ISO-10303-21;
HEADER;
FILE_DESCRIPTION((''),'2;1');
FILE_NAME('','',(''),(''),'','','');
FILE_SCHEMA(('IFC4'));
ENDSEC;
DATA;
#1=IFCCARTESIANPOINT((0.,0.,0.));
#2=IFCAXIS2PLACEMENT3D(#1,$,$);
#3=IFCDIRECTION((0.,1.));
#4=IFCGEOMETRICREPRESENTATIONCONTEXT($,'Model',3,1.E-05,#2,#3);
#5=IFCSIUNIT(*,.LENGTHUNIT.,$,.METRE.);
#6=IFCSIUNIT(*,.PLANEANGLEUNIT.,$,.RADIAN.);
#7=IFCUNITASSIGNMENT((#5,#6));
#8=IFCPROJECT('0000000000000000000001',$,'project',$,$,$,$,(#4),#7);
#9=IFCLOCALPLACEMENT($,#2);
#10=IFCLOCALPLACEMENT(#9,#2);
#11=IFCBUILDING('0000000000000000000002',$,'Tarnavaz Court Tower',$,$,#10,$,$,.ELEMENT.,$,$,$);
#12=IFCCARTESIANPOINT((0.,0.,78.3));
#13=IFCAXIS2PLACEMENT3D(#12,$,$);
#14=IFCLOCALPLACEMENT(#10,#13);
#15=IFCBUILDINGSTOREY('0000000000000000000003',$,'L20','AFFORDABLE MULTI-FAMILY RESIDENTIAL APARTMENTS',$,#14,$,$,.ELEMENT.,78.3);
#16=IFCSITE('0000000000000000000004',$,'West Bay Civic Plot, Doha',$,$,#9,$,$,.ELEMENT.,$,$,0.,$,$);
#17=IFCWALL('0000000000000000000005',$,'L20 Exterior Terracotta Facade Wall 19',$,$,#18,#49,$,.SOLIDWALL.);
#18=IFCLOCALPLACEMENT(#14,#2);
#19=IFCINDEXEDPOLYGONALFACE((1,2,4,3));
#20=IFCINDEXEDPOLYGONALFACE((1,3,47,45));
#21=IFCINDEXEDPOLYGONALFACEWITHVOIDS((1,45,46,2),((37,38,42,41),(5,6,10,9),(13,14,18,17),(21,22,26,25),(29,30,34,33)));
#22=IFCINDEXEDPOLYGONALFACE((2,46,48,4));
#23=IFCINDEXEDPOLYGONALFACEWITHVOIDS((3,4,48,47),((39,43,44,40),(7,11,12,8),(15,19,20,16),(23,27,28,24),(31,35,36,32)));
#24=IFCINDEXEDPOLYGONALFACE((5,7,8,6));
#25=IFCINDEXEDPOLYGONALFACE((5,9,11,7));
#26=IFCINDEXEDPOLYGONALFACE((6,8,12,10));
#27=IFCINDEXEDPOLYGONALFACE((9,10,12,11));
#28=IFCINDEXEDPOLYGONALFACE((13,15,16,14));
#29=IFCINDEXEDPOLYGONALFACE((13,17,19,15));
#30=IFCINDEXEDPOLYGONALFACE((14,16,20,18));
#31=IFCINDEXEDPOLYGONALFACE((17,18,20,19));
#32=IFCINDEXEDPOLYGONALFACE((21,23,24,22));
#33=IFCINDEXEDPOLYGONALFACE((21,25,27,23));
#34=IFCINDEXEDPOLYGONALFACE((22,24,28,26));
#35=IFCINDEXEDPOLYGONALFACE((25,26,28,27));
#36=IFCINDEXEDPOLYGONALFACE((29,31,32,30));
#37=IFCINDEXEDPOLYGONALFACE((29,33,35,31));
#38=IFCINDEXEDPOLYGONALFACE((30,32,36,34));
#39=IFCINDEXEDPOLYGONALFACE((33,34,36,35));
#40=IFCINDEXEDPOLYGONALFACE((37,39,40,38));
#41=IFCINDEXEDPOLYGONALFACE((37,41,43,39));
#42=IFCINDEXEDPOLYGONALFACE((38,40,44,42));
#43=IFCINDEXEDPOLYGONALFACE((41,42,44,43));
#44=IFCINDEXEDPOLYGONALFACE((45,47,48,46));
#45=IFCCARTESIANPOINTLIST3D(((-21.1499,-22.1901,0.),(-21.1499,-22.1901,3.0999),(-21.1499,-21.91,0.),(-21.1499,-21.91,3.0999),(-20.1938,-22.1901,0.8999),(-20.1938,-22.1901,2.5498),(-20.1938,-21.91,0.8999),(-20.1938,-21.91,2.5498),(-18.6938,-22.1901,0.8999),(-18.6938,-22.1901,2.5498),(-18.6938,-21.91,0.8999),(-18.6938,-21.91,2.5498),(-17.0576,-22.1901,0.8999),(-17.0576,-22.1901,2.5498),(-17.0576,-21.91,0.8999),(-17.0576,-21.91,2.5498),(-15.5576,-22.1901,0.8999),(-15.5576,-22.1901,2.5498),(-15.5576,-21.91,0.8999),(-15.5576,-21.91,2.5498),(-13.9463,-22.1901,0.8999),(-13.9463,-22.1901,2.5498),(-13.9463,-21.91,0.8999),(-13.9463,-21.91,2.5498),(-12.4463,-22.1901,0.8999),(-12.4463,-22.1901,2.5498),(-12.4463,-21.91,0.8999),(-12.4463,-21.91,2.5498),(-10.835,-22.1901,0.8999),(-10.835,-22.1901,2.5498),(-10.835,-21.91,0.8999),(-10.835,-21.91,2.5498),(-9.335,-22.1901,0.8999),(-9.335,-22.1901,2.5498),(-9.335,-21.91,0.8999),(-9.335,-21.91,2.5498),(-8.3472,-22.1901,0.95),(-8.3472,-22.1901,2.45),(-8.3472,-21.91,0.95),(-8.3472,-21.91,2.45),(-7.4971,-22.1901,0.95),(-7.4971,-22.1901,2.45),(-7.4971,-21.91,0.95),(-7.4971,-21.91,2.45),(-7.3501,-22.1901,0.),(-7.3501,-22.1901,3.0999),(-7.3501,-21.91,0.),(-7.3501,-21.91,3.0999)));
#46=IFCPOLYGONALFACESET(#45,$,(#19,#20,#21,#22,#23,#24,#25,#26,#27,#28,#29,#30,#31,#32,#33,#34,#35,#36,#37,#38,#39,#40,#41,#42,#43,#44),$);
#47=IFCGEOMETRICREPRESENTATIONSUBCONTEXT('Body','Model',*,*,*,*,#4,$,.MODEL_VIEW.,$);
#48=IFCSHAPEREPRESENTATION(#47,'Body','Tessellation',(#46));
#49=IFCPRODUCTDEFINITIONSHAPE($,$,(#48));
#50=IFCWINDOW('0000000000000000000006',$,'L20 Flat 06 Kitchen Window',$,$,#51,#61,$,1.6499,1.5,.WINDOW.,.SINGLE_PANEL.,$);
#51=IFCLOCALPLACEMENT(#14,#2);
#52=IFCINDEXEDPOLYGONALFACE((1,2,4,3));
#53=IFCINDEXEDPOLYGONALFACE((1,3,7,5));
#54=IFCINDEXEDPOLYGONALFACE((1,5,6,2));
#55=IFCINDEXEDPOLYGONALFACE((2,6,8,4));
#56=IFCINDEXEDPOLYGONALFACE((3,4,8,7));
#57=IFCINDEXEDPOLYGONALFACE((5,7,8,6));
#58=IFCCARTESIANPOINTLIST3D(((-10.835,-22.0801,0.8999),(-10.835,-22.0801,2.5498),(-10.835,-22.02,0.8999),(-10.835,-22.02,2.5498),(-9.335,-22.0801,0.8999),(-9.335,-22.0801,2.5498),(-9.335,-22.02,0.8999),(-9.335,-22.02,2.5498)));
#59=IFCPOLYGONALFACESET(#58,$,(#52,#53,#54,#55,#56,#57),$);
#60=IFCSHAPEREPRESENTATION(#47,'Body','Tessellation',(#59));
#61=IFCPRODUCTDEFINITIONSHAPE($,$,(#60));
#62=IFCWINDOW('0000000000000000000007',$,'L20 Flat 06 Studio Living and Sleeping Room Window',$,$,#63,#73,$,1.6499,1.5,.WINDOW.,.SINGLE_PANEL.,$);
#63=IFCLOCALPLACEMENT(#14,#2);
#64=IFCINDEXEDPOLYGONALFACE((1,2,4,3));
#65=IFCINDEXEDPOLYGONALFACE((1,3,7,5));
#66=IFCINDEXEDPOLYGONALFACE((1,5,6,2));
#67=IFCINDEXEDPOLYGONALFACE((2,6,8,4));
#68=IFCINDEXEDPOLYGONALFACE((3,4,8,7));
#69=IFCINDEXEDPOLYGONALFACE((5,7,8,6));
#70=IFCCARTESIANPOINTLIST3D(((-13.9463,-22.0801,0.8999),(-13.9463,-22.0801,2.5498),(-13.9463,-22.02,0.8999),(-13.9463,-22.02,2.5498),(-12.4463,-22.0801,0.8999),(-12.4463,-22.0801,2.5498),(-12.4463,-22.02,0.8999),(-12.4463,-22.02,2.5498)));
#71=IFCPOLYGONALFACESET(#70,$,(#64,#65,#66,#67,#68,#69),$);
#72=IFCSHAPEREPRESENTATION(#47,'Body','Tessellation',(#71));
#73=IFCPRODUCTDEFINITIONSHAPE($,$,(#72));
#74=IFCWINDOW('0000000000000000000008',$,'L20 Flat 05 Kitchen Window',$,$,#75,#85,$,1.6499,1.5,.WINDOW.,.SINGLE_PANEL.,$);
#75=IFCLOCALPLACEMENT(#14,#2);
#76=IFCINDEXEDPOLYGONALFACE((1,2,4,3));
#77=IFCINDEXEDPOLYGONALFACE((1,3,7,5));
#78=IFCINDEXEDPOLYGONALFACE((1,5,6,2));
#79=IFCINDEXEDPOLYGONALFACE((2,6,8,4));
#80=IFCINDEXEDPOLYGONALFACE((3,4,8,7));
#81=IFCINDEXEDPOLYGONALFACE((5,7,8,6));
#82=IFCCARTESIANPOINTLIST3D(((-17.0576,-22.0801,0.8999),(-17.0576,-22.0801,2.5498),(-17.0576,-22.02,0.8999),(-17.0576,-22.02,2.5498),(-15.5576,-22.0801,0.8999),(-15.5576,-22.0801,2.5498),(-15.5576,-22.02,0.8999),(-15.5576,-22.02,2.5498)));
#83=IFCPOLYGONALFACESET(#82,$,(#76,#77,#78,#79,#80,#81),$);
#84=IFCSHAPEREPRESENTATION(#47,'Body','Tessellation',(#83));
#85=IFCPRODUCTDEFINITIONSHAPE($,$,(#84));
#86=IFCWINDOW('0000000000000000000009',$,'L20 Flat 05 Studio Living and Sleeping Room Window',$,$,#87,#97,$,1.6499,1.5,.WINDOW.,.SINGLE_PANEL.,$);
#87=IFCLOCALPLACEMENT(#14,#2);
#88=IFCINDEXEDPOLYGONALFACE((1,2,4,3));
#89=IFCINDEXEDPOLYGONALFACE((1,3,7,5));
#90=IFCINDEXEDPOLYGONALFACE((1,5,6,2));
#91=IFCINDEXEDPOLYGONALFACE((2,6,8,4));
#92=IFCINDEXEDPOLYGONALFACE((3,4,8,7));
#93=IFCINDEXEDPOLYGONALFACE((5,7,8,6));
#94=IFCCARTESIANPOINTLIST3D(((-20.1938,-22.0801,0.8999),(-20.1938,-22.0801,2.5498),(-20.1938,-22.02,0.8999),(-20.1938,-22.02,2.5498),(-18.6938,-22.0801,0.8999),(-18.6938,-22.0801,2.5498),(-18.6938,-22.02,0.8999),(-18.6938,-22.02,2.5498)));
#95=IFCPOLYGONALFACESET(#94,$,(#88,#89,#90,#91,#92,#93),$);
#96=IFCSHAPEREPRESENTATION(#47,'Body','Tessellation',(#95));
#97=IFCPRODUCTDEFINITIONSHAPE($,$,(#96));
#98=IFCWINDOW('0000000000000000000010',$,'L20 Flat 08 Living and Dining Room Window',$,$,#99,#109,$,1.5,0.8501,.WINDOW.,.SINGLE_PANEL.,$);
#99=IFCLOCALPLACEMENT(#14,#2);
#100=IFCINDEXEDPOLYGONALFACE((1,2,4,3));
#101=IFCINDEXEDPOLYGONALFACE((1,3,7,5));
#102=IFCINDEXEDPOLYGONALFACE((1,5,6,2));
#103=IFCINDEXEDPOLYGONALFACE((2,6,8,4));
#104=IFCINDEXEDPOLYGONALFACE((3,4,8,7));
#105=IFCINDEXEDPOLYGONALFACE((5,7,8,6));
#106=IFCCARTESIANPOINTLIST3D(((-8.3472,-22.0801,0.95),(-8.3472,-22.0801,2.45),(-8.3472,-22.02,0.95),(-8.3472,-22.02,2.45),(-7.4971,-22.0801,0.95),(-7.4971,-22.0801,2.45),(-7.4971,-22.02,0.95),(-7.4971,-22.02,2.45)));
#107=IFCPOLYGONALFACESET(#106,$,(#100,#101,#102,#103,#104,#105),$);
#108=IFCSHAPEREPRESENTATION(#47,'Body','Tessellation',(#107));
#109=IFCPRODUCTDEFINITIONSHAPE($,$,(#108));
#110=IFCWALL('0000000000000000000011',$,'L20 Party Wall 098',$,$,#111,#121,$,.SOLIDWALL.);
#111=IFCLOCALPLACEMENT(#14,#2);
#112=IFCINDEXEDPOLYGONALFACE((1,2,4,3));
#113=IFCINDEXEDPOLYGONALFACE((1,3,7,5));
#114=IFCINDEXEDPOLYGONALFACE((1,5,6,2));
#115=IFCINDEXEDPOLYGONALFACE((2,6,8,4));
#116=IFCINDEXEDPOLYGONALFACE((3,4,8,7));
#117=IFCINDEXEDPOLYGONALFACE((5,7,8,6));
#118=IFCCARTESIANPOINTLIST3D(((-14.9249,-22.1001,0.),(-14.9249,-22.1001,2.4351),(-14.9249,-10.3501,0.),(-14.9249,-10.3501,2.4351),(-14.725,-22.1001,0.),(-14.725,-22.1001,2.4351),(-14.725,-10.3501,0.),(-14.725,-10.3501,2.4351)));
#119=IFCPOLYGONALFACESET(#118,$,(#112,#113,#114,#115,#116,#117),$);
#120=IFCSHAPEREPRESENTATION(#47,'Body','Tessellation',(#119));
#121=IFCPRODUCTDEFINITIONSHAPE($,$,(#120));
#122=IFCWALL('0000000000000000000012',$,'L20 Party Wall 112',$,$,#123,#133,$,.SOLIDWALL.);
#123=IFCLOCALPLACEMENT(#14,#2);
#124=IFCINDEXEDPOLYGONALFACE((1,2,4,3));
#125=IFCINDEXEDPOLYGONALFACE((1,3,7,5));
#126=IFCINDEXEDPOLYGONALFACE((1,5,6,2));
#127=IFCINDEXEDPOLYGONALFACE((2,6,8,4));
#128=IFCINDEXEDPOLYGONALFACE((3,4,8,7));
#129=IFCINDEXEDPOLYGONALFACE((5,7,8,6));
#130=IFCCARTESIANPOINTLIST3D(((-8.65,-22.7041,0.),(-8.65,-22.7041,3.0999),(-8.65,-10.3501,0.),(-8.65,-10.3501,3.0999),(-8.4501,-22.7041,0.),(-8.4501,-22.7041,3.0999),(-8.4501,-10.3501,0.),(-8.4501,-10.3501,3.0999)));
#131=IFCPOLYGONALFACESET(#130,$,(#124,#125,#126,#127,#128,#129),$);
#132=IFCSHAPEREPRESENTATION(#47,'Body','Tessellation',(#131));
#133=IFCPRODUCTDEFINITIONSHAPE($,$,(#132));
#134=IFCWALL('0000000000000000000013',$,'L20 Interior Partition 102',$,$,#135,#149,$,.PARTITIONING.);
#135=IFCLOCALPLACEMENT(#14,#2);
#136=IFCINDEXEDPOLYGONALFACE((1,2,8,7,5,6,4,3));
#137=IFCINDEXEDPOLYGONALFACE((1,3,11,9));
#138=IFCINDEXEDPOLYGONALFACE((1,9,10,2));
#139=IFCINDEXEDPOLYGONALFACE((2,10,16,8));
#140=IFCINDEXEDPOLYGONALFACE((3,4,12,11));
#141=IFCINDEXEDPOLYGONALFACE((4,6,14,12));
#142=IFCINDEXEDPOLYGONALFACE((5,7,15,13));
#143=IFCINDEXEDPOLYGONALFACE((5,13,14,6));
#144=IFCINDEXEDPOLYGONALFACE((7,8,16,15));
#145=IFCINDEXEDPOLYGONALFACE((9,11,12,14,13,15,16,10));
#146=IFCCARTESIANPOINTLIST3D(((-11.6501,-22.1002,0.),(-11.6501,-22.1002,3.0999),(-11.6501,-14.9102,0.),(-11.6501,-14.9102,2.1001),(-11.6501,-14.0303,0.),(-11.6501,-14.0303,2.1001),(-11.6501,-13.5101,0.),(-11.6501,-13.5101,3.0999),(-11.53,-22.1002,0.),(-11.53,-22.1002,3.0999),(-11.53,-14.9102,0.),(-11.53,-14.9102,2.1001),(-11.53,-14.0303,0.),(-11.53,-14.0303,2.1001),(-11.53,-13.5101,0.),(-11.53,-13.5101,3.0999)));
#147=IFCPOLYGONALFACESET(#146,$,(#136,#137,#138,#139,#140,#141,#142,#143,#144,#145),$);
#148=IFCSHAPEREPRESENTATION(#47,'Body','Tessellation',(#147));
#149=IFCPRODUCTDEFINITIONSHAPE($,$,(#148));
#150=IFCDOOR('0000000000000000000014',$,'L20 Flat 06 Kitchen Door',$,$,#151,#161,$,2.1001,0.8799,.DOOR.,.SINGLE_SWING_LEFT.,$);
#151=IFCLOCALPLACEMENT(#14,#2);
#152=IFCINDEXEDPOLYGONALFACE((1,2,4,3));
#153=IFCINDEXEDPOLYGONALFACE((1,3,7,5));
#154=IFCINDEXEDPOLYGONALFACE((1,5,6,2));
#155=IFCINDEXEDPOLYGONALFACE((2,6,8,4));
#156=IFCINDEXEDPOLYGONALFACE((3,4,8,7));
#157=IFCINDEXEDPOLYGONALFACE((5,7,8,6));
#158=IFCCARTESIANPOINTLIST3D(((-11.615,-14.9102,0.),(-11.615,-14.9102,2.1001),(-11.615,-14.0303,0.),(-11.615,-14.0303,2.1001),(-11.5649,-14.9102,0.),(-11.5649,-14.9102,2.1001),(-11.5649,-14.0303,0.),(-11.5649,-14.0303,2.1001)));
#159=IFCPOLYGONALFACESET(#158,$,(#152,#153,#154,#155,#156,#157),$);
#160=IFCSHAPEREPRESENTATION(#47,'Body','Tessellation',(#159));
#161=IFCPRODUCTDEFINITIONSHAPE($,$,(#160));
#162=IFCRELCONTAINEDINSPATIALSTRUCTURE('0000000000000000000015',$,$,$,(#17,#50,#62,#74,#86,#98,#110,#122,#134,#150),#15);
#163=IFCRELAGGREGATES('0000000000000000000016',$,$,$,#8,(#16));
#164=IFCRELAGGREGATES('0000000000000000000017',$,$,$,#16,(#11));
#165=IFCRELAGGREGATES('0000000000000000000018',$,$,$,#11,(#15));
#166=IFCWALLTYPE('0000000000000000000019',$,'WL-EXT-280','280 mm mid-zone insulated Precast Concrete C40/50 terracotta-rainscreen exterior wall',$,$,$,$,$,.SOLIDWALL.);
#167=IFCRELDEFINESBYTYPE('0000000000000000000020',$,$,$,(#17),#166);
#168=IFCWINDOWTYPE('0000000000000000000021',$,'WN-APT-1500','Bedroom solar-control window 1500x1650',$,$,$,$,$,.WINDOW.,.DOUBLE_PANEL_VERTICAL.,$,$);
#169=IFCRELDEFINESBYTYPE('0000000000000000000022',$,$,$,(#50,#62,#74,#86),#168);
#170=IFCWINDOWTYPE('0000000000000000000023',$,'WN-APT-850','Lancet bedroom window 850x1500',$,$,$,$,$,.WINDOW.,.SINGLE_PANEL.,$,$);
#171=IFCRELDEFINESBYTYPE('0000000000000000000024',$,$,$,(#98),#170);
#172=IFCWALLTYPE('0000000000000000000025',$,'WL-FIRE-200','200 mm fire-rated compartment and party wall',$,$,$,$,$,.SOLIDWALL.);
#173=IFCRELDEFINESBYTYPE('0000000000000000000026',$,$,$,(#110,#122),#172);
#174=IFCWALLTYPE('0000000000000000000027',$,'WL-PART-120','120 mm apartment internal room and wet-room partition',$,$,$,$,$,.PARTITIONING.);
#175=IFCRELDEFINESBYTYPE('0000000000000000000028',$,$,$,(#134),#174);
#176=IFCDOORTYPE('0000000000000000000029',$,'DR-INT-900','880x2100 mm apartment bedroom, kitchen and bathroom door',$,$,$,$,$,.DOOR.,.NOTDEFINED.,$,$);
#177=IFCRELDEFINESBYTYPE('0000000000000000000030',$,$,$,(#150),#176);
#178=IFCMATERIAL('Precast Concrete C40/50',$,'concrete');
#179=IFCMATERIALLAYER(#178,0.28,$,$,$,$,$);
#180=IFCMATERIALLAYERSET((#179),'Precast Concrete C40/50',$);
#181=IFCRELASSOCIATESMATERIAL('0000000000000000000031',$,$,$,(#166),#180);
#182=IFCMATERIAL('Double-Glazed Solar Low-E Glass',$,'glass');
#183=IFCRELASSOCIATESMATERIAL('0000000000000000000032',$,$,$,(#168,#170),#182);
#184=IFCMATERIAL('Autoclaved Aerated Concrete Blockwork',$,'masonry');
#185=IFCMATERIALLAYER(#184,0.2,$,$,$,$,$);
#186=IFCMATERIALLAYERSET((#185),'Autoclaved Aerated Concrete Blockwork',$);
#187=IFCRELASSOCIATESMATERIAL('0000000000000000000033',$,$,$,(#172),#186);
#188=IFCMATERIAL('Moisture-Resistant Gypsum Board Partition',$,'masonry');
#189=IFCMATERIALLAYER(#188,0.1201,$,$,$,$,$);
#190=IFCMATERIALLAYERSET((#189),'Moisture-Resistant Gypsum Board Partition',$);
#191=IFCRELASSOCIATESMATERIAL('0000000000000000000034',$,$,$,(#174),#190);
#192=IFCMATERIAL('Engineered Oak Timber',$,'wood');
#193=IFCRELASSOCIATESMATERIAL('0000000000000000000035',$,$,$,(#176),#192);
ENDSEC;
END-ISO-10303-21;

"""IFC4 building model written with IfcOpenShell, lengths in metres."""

from ifc_helpers import new_model, si_unit, direction, frame, frame_2d, origin, place, context, subcontext, project, spatial, rectangle, extrude, material, layer, layer_set, type_object, element, fill, save


model = new_model("IFC4")

# Units and contexts
model_context = context("Model", 3, precision=1e-05, world=origin(), true_north=direction((0.0, 1.0)))
body_context = subcontext(model_context, "Body", "Model", "MODEL_VIEW")
ifc_project = project(units=[si_unit("LENGTHUNIT", "METRE"), si_unit("PLANEANGLEUNIT", "RADIAN")], contexts=[model_context])

# Site, building, storey
site_placement = place(None, origin())
site = spatial("IfcSite", under=ifc_project, at=site_placement, Name="West Bay Civic Plot, Doha", CompositionType="ELEMENT", RefElevation=0.0)
building_placement = place(site_placement, origin())
building = spatial("IfcBuilding", under=site, at=building_placement, Name="Tarnavaz Court Tower", CompositionType="ELEMENT")
storey_placement = place(building_placement, frame((0.0, 0.0, 78.3)))
storey = spatial("IfcBuildingStorey", under=building, at=storey_placement, Name="L20", Description="AFFORDABLE MULTI-FAMILY RESIDENTIAL APARTMENTS", CompositionType="ELEMENT", Elevation=78.3)

# Shared definitions
ifc_material_1 = material(Name="Double-Glazed Solar Low-E Glass", Category="glass")

# Shared definitions
ifc_material_2 = material(Name="Precast Concrete C40/50", Category="concrete")
ifc_layer_1 = layer(ifc_material_2, 0.28)
ifc_layer_set_1 = layer_set([ifc_layer_1], Name="Precast Concrete C40/50")
wall_type_1 = type_object("IfcWallType", Name="WL-EXT-280", Description="280 mm mid-zone insulated Precast Concrete C40/50 terracotta-rainscreen exterior wall", PredefinedType="SOLIDWALL", material=ifc_layer_set_1)

# Wall, openings, windows
wall_1_placement = place(storey_placement, frame((-7.3501, -22.05, 0.0), z_axis=(0.0, 0.0, 1.0), x_axis=(-1.0, 0.0, 0.0)))
wall_1 = element("IfcWall", 1, at=wall_1_placement, inside=storey, type_object=wall_type_1, Name="L20 Exterior Terracotta Facade Wall 19", PredefinedType="SOLIDWALL", context=body_context, shape_type="SweptSolid", body=[
    extrude(rectangle(XDim=13.7998, YDim=0.28, at=frame_2d((6.8999, 0.0))), origin(), (0.0, 0.0, 1.0), 3.0999),
])
opening_1_placement = place(wall_1_placement, frame((0.147, 0.0, 0.95)))
opening_1 = element("IfcOpeningElement", 2, at=opening_1_placement, cuts=wall_1, PredefinedType="OPENING", context=body_context, shape_type="SweptSolid", body=[
    extrude(rectangle(XDim=0.8501, YDim=1.5, at=frame_2d((0.425, 0.75))), frame((0.0, 0.1499, 0.0), z_axis=(0.0, -1.0, 0.0), x_axis=(1.0, 0.0, 0.0)), (0.0, 0.0, 1.0), 0.3),
])
opening_2_placement = place(wall_1_placement, frame((1.9849, 0.0, 0.8999)))
opening_2 = element("IfcOpeningElement", 3, at=opening_2_placement, cuts=wall_1, PredefinedType="OPENING", context=body_context, shape_type="SweptSolid", body=[
    extrude(rectangle(XDim=1.5, YDim=1.6499, at=frame_2d((0.75, 0.825))), frame((0.0, 0.1499, 0.0), z_axis=(0.0, -1.0, 0.0), x_axis=(1.0, 0.0, 0.0)), (0.0, 0.0, 1.0), 0.3),
])
opening_3_placement = place(wall_1_placement, frame((5.0962, 0.0, 0.8999)))
opening_3 = element("IfcOpeningElement", 4, at=opening_3_placement, cuts=wall_1, PredefinedType="OPENING", context=body_context, shape_type="SweptSolid", body=[
    extrude(rectangle(XDim=1.5, YDim=1.6499, at=frame_2d((0.75, 0.825))), frame((0.0, 0.1499, 0.0), z_axis=(0.0, -1.0, 0.0), x_axis=(1.0, 0.0, 0.0)), (0.0, 0.0, 1.0), 0.3),
])
opening_4_placement = place(wall_1_placement, frame((8.2075, 0.0, 0.8999)))
opening_4 = element("IfcOpeningElement", 5, at=opening_4_placement, cuts=wall_1, PredefinedType="OPENING", context=body_context, shape_type="SweptSolid", body=[
    extrude(rectangle(XDim=1.5, YDim=1.6499, at=frame_2d((0.75, 0.825))), frame((0.0, 0.1499, 0.0), z_axis=(0.0, -1.0, 0.0), x_axis=(1.0, 0.0, 0.0)), (0.0, 0.0, 1.0), 0.3),
])
opening_5_placement = place(wall_1_placement, frame((11.3438, 0.0, 0.8999)))
opening_5 = element("IfcOpeningElement", 6, at=opening_5_placement, cuts=wall_1, PredefinedType="OPENING", context=body_context, shape_type="SweptSolid", body=[
    extrude(rectangle(XDim=1.5, YDim=1.6499, at=frame_2d((0.75, 0.825))), frame((0.0, 0.1499, 0.0), z_axis=(0.0, -1.0, 0.0), x_axis=(1.0, 0.0, 0.0)), (0.0, 0.0, 1.0), 0.3),
])
window_type_1 = type_object("IfcWindowType", Name="WN-APT-1500", Description="Bedroom solar-control window 1500x1650", PartitioningType="DOUBLE_PANEL_VERTICAL", PredefinedType="WINDOW", material=ifc_material_1)
window_1_placement = place(opening_2_placement, origin())
window_1 = element("IfcWindow", 7, at=window_1_placement, inside=storey, type_object=window_type_1, Name="L20 Flat 06 Kitchen Window", OverallHeight=1.6499, OverallWidth=1.5, PartitioningType="SINGLE_PANEL", PredefinedType="WINDOW", context=body_context, shape_type="SweptSolid", body=[
    extrude(rectangle(XDim=1.5, YDim=1.6499, at=frame_2d((0.75, 0.825))), frame((0.0, 0.03, 0.0), z_axis=(0.0, -1.0, 0.0), x_axis=(1.0, 0.0, 0.0)), (0.0, 0.0, 1.0), 0.0601),
])
fill(opening_2, window_1)
window_2_placement = place(opening_3_placement, origin())
window_2 = element("IfcWindow", 8, at=window_2_placement, inside=storey, type_object=window_type_1, Name="L20 Flat 06 Studio Living and Sleeping Room Window", OverallHeight=1.6499, OverallWidth=1.5, PartitioningType="SINGLE_PANEL", PredefinedType="WINDOW", context=body_context, shape_type="SweptSolid", body=[
    extrude(rectangle(XDim=1.5, YDim=1.6499, at=frame_2d((0.75, 0.825))), frame((0.0, 0.03, 0.0), z_axis=(0.0, -1.0, 0.0), x_axis=(1.0, 0.0, 0.0)), (0.0, 0.0, 1.0), 0.0601),
])
fill(opening_3, window_2)
window_3_placement = place(opening_4_placement, origin())
window_3 = element("IfcWindow", 9, at=window_3_placement, inside=storey, type_object=window_type_1, Name="L20 Flat 05 Kitchen Window", OverallHeight=1.6499, OverallWidth=1.5, PartitioningType="SINGLE_PANEL", PredefinedType="WINDOW", context=body_context, shape_type="SweptSolid", body=[
    extrude(rectangle(XDim=1.5, YDim=1.6499, at=frame_2d((0.75, 0.825))), frame((0.0, 0.03, 0.0), z_axis=(0.0, -1.0, 0.0), x_axis=(1.0, 0.0, 0.0)), (0.0, 0.0, 1.0), 0.0601),
])
fill(opening_4, window_3)
window_4_placement = place(opening_5_placement, origin())
window_4 = element("IfcWindow", 10, at=window_4_placement, inside=storey, type_object=window_type_1, Name="L20 Flat 05 Studio Living and Sleeping Room Window", OverallHeight=1.6499, OverallWidth=1.5, PartitioningType="SINGLE_PANEL", PredefinedType="WINDOW", context=body_context, shape_type="SweptSolid", body=[
    extrude(rectangle(XDim=1.5, YDim=1.6499, at=frame_2d((0.75, 0.825))), frame((0.0, 0.03, 0.0), z_axis=(0.0, -1.0, 0.0), x_axis=(1.0, 0.0, 0.0)), (0.0, 0.0, 1.0), 0.0601),
])
fill(opening_5, window_4)
window_type_2 = type_object("IfcWindowType", Name="WN-APT-850", Description="Lancet bedroom window 850x1500", PartitioningType="SINGLE_PANEL", PredefinedType="WINDOW", material=ifc_material_1)
window_5_placement = place(opening_1_placement, origin())
window_5 = element("IfcWindow", 11, at=window_5_placement, inside=storey, type_object=window_type_2, Name="L20 Flat 08 Living and Dining Room Window", OverallHeight=1.5, OverallWidth=0.8501, PartitioningType="SINGLE_PANEL", PredefinedType="WINDOW", context=body_context, shape_type="SweptSolid", body=[
    extrude(rectangle(XDim=0.8501, YDim=1.5, at=frame_2d((0.425, 0.75))), frame((0.0, 0.03, 0.0), z_axis=(0.0, -1.0, 0.0), x_axis=(1.0, 0.0, 0.0)), (0.0, 0.0, 1.0), 0.0601),
])
fill(opening_1, window_5)

# Walls
ifc_material_3 = material(Name="Autoclaved Aerated Concrete Blockwork", Category="masonry")
ifc_layer_2 = layer(ifc_material_3, 0.2)
ifc_layer_set_2 = layer_set([ifc_layer_2], Name="Autoclaved Aerated Concrete Blockwork")
wall_type_2 = type_object("IfcWallType", Name="WL-FIRE-200", Description="200 mm fire-rated compartment and party wall", PredefinedType="SOLIDWALL", material=ifc_layer_set_2)
wall_2_placement = place(storey_placement, frame((-14.825, -22.1001, 0.0), z_axis=(0.0, 0.0, 1.0), x_axis=(0.0, 1.0, 0.0)))
element("IfcWall", 12, at=wall_2_placement, inside=storey, type_object=wall_type_2, Name="L20 Party Wall 098", PredefinedType="SOLIDWALL", context=body_context, shape_type="SweptSolid", body=[
    extrude(rectangle(XDim=11.75, YDim=0.2, at=frame_2d((5.875, 0.0))), origin(), (0.0, 0.0, 1.0), 2.4351),
])
wall_3_placement = place(storey_placement, frame((-8.55, -22.7041, 0.0), z_axis=(0.0, 0.0, 1.0), x_axis=(0.0, 1.0, 0.0)))
element("IfcWall", 13, at=wall_3_placement, inside=storey, type_object=wall_type_2, Name="L20 Party Wall 112", PredefinedType="SOLIDWALL", context=body_context, shape_type="SweptSolid", body=[
    extrude(rectangle(XDim=12.354, YDim=0.2, at=frame_2d((6.177, 0.0))), origin(), (0.0, 0.0, 1.0), 3.0999),
])

# Wall, opening, door
ifc_material_4 = material(Name="Moisture-Resistant Gypsum Board Partition", Category="masonry")
ifc_layer_3 = layer(ifc_material_4, 0.1201)
ifc_layer_set_3 = layer_set([ifc_layer_3], Name="Moisture-Resistant Gypsum Board Partition")
wall_type_3 = type_object("IfcWallType", Name="WL-PART-120", Description="120 mm apartment internal room and wet-room partition", PredefinedType="PARTITIONING", material=ifc_layer_set_3)
wall_4_placement = place(storey_placement, frame((-11.5901, -22.1001, 0.0), z_axis=(0.0, 0.0, 1.0), x_axis=(0.0, 1.0, 0.0)))
wall_4 = element("IfcWall", 14, at=wall_4_placement, inside=storey, type_object=wall_type_3, Name="L20 Interior Partition 102", PredefinedType="PARTITIONING", context=body_context, shape_type="SweptSolid", body=[
    extrude(rectangle(XDim=8.5901, YDim=0.1201, at=frame_2d((4.2949, 0.0))), origin(), (0.0, 0.0, 1.0), 3.0999),
])
opening_6_placement = place(wall_4_placement, frame((7.1899, 0.0, 0.0)))
opening_6 = element("IfcOpeningElement", 15, at=opening_6_placement, cuts=wall_4, PredefinedType="OPENING", context=body_context, shape_type="SweptSolid", body=[
    extrude(rectangle(XDim=0.8799, YDim=2.1001, at=frame_2d((0.4399, 1.05))), frame((0.0, 0.0701, 0.0), z_axis=(0.0, -1.0, 0.0), x_axis=(1.0, 0.0, 0.0)), (0.0, 0.0, 1.0), 0.1401),
])
ifc_material_5 = material(Name="Engineered Oak Timber", Category="wood")
door_type_1 = type_object("IfcDoorType", Name="DR-INT-900", Description="880x2100 mm apartment bedroom, kitchen and bathroom door", OperationType="NOTDEFINED", PredefinedType="DOOR", material=ifc_material_5)
door_1_placement = place(opening_6_placement, origin())
door_1 = element("IfcDoor", 16, at=door_1_placement, inside=storey, type_object=door_type_1, Name="L20 Flat 06 Kitchen Door", OperationType="SINGLE_SWING_LEFT", OverallHeight=2.1001, OverallWidth=0.8799, PredefinedType="DOOR", context=body_context, shape_type="SweptSolid", body=[
    extrude(rectangle(XDim=0.8799, YDim=2.1001, at=frame_2d((0.4399, 1.05))), frame((0.0, 0.0249, 0.0), z_axis=(0.0, -1.0, 0.0), x_axis=(1.0, 0.0, 0.0)), (0.0, 0.0, 1.0), 0.05),
])
fill(opening_6, door_1)

save(model, "model.ifc")
